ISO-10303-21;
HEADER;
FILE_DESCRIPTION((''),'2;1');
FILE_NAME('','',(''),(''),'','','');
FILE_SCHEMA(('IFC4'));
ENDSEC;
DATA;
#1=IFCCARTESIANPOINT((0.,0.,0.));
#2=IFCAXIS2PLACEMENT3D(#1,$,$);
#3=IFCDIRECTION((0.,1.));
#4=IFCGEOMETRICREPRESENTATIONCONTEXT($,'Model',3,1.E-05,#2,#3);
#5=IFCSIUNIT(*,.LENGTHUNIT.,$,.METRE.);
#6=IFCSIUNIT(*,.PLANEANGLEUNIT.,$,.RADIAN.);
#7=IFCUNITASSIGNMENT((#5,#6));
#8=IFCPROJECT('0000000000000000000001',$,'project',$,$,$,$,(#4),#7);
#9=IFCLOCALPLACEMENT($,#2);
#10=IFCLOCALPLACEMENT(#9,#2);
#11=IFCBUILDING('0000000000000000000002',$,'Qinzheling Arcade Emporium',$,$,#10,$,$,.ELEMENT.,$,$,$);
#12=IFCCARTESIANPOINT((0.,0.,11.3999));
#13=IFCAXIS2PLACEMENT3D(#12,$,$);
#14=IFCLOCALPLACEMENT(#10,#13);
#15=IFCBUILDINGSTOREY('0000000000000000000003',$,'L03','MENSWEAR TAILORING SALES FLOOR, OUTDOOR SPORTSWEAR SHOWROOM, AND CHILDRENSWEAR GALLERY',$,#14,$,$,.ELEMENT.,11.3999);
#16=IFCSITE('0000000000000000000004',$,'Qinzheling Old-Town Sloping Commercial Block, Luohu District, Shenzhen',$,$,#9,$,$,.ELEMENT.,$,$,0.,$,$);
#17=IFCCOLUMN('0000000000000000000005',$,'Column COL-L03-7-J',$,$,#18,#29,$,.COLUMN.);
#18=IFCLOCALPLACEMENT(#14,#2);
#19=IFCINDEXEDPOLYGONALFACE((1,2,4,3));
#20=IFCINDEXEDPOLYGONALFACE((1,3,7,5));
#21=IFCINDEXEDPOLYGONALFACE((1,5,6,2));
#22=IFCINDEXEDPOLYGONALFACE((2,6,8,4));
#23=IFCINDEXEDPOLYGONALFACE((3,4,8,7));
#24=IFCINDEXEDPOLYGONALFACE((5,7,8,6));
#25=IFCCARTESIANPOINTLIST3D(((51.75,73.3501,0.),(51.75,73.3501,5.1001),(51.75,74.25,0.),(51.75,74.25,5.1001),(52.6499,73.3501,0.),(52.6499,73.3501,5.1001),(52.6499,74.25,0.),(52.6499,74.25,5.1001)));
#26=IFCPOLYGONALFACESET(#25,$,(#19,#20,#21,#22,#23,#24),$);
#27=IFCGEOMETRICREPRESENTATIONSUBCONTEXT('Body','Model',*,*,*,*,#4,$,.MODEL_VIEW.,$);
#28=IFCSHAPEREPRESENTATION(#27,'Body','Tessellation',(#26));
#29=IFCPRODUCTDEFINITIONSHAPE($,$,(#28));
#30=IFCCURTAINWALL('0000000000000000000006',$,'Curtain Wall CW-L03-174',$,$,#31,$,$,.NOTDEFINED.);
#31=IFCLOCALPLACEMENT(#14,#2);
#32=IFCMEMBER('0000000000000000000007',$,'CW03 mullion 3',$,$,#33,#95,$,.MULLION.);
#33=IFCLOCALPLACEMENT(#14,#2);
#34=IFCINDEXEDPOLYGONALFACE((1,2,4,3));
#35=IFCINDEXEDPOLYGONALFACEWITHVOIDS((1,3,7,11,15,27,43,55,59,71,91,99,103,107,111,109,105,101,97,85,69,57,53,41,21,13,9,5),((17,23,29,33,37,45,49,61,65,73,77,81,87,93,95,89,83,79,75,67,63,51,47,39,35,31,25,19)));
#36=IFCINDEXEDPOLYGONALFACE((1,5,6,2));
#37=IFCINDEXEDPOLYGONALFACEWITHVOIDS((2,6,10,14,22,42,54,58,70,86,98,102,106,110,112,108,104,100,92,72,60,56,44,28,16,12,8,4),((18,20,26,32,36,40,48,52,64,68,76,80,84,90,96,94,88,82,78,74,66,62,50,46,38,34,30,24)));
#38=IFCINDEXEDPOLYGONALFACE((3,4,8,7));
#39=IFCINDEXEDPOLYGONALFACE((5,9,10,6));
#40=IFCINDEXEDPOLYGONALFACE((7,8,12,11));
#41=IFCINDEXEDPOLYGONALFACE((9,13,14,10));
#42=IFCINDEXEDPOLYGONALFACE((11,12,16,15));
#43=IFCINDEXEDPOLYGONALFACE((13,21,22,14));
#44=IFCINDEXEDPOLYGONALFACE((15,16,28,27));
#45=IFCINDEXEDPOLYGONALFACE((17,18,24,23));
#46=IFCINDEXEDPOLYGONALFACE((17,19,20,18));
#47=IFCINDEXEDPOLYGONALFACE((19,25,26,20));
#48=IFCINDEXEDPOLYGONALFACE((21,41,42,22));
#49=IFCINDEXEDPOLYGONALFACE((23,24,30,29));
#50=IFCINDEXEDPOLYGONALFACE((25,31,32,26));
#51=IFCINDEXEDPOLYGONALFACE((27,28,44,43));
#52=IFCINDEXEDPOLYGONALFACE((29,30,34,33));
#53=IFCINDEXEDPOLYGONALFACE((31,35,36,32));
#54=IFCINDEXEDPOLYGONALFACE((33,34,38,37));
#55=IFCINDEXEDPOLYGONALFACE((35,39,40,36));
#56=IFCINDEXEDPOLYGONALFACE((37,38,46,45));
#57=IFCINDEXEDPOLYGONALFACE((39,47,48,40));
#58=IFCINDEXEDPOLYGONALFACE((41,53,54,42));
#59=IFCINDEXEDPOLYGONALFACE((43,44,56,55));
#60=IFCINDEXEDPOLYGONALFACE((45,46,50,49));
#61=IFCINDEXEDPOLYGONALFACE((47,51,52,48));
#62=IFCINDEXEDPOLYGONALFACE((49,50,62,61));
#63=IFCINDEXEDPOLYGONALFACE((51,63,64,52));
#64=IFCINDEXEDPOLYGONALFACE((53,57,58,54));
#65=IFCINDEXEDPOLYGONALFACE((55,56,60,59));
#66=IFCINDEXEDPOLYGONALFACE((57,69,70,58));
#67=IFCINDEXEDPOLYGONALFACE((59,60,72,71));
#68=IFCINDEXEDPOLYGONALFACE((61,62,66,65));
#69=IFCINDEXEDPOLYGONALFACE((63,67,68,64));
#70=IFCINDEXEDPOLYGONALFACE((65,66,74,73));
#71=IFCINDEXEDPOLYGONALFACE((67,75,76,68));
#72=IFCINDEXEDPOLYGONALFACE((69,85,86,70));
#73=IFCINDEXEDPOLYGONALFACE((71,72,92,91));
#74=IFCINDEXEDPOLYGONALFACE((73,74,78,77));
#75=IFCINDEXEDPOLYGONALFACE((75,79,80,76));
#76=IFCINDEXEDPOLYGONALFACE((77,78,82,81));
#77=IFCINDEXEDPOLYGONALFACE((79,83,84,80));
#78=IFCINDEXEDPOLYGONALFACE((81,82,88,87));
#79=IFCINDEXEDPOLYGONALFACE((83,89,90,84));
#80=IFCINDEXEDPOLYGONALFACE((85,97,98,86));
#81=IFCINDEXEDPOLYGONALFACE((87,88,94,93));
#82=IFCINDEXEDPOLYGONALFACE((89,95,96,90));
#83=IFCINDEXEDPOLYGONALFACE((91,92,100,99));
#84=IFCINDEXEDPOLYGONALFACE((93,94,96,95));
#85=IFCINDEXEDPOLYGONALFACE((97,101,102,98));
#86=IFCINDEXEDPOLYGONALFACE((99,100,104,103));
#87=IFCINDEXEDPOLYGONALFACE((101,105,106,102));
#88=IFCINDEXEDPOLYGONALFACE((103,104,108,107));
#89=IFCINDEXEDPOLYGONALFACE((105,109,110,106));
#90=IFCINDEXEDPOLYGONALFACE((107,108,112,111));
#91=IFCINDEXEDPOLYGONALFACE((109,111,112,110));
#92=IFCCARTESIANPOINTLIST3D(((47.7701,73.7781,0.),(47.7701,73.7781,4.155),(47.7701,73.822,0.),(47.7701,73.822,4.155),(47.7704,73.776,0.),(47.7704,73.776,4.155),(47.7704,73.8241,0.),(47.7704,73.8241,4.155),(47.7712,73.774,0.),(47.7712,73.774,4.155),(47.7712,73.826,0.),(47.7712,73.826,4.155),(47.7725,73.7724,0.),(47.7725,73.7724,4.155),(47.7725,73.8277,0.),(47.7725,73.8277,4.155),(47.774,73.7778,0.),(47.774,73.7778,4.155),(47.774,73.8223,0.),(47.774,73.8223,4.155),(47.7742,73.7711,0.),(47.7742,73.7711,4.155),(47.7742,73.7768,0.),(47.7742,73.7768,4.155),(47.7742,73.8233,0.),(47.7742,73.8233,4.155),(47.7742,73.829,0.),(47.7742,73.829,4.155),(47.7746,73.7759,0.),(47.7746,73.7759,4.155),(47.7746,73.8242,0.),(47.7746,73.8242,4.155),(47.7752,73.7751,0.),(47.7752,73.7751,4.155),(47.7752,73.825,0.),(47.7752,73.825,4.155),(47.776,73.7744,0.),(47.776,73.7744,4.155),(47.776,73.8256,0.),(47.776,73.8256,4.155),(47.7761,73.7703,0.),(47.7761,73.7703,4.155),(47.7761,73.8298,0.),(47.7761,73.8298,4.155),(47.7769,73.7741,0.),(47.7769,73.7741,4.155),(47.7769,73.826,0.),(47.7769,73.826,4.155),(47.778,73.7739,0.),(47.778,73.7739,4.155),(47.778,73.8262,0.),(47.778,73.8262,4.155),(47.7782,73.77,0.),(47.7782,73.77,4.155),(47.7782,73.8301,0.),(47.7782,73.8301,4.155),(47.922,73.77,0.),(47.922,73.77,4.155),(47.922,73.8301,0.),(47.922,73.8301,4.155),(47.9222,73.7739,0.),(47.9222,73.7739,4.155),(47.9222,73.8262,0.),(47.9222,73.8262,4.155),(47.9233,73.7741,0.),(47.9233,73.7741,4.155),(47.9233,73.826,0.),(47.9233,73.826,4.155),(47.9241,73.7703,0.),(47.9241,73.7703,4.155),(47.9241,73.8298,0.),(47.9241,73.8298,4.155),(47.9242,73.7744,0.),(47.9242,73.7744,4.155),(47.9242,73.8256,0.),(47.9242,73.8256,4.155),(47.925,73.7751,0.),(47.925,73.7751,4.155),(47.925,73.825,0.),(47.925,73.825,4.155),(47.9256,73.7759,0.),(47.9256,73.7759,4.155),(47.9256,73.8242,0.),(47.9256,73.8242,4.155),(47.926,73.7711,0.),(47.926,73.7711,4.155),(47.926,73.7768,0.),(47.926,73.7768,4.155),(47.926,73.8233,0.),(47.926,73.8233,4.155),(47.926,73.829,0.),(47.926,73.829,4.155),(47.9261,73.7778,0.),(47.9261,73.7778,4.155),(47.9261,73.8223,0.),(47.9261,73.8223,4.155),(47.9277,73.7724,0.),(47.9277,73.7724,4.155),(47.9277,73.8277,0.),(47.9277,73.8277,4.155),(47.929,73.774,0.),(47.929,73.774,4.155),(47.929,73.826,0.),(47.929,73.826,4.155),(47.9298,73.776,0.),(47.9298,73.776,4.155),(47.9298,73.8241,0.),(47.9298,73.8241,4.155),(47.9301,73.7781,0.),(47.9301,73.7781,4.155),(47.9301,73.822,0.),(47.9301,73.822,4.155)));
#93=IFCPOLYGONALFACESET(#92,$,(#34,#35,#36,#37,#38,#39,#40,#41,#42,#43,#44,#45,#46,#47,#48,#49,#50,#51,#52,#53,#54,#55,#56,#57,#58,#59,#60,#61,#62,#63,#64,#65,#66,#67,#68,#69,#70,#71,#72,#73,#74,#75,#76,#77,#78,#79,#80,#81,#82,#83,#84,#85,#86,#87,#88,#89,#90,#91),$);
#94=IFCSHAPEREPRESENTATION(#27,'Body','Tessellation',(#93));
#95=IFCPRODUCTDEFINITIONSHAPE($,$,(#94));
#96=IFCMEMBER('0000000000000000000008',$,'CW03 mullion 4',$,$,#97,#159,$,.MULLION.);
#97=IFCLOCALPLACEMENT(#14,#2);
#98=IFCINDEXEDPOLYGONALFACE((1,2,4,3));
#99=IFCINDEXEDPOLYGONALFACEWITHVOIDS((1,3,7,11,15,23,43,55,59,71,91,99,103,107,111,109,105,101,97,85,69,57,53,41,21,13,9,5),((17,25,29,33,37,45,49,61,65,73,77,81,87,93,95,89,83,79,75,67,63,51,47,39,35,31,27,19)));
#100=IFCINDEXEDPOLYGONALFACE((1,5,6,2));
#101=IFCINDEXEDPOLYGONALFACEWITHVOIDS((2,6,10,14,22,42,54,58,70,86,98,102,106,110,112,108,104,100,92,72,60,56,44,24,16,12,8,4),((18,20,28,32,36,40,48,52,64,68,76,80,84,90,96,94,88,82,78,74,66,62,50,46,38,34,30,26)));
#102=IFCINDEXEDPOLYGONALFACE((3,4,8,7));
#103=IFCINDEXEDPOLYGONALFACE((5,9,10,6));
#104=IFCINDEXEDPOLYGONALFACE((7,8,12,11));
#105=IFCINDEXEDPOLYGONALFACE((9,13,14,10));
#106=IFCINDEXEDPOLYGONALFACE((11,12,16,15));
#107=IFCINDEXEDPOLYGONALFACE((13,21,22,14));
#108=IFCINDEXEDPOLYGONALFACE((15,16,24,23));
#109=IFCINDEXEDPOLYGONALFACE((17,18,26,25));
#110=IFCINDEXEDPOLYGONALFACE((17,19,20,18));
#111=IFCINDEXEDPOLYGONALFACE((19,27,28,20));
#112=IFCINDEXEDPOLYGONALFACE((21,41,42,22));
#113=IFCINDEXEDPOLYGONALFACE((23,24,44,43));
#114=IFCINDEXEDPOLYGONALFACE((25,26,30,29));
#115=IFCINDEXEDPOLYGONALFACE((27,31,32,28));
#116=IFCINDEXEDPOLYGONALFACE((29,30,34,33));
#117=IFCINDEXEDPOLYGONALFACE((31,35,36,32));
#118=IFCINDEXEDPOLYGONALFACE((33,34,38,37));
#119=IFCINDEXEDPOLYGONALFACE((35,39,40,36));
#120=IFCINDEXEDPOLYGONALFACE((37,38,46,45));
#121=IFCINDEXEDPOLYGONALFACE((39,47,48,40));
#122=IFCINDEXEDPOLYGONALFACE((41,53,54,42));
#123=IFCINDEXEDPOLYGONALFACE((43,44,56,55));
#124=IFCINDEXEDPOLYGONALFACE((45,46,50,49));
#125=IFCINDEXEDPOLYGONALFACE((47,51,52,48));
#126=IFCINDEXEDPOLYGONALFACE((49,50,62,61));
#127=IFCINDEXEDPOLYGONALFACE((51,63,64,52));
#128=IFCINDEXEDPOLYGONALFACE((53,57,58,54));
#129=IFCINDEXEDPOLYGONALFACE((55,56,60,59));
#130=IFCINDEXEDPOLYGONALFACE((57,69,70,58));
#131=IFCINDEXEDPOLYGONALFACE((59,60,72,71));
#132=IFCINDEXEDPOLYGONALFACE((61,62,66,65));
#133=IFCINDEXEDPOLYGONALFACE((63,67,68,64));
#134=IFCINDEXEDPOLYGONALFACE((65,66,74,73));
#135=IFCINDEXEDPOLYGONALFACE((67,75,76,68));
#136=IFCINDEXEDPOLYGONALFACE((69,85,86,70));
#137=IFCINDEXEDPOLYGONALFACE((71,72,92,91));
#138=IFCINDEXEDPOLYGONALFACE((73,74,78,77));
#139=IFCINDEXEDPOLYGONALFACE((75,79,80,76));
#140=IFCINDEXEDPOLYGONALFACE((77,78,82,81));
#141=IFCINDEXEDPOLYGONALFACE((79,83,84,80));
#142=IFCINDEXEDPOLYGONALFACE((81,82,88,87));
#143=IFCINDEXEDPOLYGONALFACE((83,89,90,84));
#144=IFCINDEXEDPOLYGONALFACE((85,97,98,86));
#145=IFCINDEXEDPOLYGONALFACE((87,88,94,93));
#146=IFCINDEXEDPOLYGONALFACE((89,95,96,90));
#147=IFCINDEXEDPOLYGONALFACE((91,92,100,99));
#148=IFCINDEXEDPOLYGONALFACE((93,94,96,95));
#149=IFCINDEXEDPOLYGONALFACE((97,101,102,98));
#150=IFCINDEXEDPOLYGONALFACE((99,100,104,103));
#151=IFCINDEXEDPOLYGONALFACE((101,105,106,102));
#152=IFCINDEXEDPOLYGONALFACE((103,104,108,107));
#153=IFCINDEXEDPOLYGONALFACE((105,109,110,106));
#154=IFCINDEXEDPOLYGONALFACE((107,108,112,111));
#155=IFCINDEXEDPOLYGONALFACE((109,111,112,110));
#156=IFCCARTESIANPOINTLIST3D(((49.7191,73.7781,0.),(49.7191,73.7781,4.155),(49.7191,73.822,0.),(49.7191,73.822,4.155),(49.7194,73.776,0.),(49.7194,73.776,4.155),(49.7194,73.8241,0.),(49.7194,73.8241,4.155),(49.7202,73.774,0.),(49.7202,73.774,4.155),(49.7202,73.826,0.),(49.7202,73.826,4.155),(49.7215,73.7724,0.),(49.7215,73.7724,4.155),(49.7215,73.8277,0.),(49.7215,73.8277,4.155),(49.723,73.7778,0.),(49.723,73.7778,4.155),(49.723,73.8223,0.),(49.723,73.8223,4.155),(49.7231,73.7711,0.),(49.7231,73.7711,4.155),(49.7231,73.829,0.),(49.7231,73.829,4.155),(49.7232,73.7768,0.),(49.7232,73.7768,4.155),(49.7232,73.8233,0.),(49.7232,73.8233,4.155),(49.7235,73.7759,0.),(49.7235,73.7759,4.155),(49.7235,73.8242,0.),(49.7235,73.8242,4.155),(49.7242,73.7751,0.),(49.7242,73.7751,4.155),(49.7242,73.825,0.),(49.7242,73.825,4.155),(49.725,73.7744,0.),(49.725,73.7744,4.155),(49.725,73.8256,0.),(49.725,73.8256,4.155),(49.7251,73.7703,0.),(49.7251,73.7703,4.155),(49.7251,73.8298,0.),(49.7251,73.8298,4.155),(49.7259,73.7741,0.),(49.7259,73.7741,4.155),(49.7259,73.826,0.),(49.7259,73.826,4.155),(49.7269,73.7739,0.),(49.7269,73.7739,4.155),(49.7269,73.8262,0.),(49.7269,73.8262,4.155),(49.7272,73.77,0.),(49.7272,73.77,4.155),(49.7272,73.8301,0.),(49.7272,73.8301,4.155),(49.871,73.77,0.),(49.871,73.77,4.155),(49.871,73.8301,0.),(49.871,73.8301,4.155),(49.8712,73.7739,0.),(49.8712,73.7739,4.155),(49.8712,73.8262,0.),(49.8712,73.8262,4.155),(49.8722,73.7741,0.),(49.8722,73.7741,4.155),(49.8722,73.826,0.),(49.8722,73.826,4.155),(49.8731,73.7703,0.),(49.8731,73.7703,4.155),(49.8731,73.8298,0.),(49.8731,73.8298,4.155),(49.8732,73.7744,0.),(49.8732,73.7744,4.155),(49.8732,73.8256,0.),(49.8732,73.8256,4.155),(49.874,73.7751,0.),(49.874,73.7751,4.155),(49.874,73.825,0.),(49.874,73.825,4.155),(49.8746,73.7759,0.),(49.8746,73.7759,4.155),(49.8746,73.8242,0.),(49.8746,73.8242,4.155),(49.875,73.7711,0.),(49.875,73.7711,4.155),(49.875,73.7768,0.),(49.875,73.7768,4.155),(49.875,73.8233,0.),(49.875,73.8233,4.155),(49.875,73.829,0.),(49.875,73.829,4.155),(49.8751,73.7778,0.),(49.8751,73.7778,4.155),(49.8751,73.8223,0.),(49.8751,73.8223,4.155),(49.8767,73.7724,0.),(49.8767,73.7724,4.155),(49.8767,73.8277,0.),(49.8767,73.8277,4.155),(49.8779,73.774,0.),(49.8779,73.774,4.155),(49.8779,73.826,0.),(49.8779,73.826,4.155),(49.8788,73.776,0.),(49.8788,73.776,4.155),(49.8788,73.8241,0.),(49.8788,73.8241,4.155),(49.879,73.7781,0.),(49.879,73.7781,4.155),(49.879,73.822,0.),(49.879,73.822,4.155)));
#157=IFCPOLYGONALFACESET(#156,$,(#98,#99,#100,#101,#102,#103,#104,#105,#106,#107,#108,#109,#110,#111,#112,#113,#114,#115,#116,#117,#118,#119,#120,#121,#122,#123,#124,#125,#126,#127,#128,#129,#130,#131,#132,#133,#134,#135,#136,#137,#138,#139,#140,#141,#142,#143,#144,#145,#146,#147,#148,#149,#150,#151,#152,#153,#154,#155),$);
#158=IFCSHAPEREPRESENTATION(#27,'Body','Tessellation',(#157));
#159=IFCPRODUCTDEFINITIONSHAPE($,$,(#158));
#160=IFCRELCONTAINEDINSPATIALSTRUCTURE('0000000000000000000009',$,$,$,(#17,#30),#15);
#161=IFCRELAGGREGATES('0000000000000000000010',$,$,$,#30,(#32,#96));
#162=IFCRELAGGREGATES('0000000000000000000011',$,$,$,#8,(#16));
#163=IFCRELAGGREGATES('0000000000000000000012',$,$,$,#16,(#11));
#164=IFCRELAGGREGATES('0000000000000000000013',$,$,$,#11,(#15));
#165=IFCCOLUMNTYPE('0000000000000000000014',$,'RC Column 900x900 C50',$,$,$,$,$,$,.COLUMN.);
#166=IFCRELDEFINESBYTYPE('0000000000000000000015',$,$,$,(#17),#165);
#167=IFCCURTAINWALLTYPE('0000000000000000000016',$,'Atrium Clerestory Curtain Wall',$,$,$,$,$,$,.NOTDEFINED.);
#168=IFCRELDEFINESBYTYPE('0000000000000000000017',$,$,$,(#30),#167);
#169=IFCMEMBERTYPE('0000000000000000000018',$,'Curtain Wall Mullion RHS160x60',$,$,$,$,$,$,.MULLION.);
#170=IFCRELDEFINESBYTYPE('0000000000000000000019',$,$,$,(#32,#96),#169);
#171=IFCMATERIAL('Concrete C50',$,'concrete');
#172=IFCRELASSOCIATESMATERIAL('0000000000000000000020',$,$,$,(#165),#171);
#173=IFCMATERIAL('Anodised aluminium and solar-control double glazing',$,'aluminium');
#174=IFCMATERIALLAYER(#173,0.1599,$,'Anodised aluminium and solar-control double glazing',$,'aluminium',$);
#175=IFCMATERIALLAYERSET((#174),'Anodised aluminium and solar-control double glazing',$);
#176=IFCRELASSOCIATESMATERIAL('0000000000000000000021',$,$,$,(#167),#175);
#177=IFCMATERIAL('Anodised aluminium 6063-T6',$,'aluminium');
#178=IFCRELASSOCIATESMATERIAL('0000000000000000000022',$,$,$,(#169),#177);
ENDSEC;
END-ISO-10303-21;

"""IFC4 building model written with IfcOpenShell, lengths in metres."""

from ifc_helpers import new_model, si_unit, direction, frame, origin, origin_2d, place, context, subcontext, project, spatial, rectangle, hollow_rectangle, extrude, material, layer, layer_set, material_profile, profile_set, type_object, element, aggregate, save


model = new_model("IFC4")

# Units and contexts
model_context = context("Model", 3, precision=1e-05, world=origin(), true_north=direction((0.0, 1.0)))
body_context = subcontext(model_context, "Body", "Model", "MODEL_VIEW")
ifc_project = project(units=[si_unit("LENGTHUNIT", "METRE"), si_unit("PLANEANGLEUNIT", "RADIAN")], contexts=[model_context])

# Site, building, storey
site_placement = place(None, origin())
site = spatial("IfcSite", under=ifc_project, at=site_placement, Name="Qinzheling Old-Town Sloping Commercial Block, Luohu District, Shenzhen", CompositionType="ELEMENT", RefElevation=0.0)
building_placement = place(site_placement, origin())
building = spatial("IfcBuilding", under=site, at=building_placement, Name="Qinzheling Arcade Emporium", CompositionType="ELEMENT")
storey_placement = place(building_placement, frame((0.0, 0.0, 11.3999)))
storey = spatial("IfcBuildingStorey", under=building, at=storey_placement, Name="L03", Description="MENSWEAR TAILORING SALES FLOOR, OUTDOOR SPORTSWEAR SHOWROOM, AND CHILDRENSWEAR GALLERY", CompositionType="ELEMENT", Elevation=11.3999)

# Column
ifc_material_1 = material(Name="Concrete C50", Category="concrete")
ifc_material_profile_1 = material_profile(ifc_material_1, rectangle(XDim=0.8999, YDim=0.8999, at=origin_2d()), Name="RC 900x900", Category="concrete")
ifc_profile_set_1 = profile_set([ifc_material_profile_1], Name="Concrete C50")
column_type = type_object("IfcColumnType", Name="RC Column 900x900 C50", PredefinedType="COLUMN", material=ifc_profile_set_1)
column_placement = place(storey_placement, frame((52.2, 73.8, 0.0), z_axis=(0.0, 0.0, 1.0), x_axis=(1.0, 0.0, 0.0)))
element("IfcColumn", 1, at=column_placement, inside=storey, type_object=column_type, Name="Column COL-L03-7-J", PredefinedType="COLUMN", context=body_context, shape_type="SweptSolid", body=[
    extrude(rectangle(XDim=0.8999, YDim=0.8999, at=origin_2d()), origin(), (0.0, 0.0, 1.0), 5.1001),
])

# Curtain wall, members
ifc_material_2 = material(Name="Anodised aluminium and solar-control double glazing", Category="aluminium")
ifc_layer_1 = layer(ifc_material_2, 0.1599, Name="Anodised aluminium and solar-control double glazing", Category="aluminium")
ifc_layer_set_1 = layer_set([ifc_layer_1], Name="Anodised aluminium and solar-control double glazing")
curtain_wall_type = type_object("IfcCurtainWallType", Name="Atrium Clerestory Curtain Wall", PredefinedType="NOTDEFINED", material=ifc_layer_set_1)
curtain_wall_placement = place(storey_placement, origin())
curtain_wall = element("IfcCurtainWall", 2, at=curtain_wall_placement, inside=storey, type_object=curtain_wall_type, Name="Curtain Wall CW-L03-174", PredefinedType="NOTDEFINED")
ifc_material_3 = material(Name="Anodised aluminium 6063-T6", Category="aluminium")
ifc_material_profile_2 = material_profile(ifc_material_3, hollow_rectangle(XDim=0.0601, YDim=0.1599, WallThickness=0.0039, InnerFilletRadius=0.0039, OuterFilletRadius=0.0081, at=origin_2d()), Name="RHS 160x60x4", Category="aluminium")
ifc_profile_set_2 = profile_set([ifc_material_profile_2], Name="Anodised aluminium 6063-T6")
member_type_1 = type_object("IfcMemberType", Name="Curtain Wall Mullion RHS160x60", PredefinedType="MULLION", material=ifc_profile_set_2)
member_1_placement = place(storey_placement, frame((47.8501, 73.8, 0.0), z_axis=(0.0, 0.0, 1.0), x_axis=(0.0, 1.0, 0.0)))
member_1 = element("IfcMember", 3, at=member_1_placement, type_object=member_type_1, Name="CW03 mullion 3", PredefinedType="MULLION", context=body_context, shape_type="SweptSolid", body=[
    extrude(hollow_rectangle(XDim=0.0601, YDim=0.1599, WallThickness=0.0039, InnerFilletRadius=0.0039, OuterFilletRadius=0.0081, at=origin_2d()), origin(), (0.0, 0.0, 1.0), 4.155),
])
member_2_placement = place(storey_placement, frame((49.7991, 73.8, 0.0), z_axis=(0.0, 0.0, 1.0), x_axis=(0.0, 1.0, 0.0)))
member_2 = element("IfcMember", 4, at=member_2_placement, type_object=member_type_1, Name="CW03 mullion 4", PredefinedType="MULLION", context=body_context, shape_type="SweptSolid", body=[
    extrude(hollow_rectangle(XDim=0.0601, YDim=0.1599, WallThickness=0.0039, InnerFilletRadius=0.0039, OuterFilletRadius=0.0081, at=origin_2d()), origin(), (0.0, 0.0, 1.0), 4.155),
])
aggregate(curtain_wall, [member_1, member_2])

save(model, "model.ifc")
